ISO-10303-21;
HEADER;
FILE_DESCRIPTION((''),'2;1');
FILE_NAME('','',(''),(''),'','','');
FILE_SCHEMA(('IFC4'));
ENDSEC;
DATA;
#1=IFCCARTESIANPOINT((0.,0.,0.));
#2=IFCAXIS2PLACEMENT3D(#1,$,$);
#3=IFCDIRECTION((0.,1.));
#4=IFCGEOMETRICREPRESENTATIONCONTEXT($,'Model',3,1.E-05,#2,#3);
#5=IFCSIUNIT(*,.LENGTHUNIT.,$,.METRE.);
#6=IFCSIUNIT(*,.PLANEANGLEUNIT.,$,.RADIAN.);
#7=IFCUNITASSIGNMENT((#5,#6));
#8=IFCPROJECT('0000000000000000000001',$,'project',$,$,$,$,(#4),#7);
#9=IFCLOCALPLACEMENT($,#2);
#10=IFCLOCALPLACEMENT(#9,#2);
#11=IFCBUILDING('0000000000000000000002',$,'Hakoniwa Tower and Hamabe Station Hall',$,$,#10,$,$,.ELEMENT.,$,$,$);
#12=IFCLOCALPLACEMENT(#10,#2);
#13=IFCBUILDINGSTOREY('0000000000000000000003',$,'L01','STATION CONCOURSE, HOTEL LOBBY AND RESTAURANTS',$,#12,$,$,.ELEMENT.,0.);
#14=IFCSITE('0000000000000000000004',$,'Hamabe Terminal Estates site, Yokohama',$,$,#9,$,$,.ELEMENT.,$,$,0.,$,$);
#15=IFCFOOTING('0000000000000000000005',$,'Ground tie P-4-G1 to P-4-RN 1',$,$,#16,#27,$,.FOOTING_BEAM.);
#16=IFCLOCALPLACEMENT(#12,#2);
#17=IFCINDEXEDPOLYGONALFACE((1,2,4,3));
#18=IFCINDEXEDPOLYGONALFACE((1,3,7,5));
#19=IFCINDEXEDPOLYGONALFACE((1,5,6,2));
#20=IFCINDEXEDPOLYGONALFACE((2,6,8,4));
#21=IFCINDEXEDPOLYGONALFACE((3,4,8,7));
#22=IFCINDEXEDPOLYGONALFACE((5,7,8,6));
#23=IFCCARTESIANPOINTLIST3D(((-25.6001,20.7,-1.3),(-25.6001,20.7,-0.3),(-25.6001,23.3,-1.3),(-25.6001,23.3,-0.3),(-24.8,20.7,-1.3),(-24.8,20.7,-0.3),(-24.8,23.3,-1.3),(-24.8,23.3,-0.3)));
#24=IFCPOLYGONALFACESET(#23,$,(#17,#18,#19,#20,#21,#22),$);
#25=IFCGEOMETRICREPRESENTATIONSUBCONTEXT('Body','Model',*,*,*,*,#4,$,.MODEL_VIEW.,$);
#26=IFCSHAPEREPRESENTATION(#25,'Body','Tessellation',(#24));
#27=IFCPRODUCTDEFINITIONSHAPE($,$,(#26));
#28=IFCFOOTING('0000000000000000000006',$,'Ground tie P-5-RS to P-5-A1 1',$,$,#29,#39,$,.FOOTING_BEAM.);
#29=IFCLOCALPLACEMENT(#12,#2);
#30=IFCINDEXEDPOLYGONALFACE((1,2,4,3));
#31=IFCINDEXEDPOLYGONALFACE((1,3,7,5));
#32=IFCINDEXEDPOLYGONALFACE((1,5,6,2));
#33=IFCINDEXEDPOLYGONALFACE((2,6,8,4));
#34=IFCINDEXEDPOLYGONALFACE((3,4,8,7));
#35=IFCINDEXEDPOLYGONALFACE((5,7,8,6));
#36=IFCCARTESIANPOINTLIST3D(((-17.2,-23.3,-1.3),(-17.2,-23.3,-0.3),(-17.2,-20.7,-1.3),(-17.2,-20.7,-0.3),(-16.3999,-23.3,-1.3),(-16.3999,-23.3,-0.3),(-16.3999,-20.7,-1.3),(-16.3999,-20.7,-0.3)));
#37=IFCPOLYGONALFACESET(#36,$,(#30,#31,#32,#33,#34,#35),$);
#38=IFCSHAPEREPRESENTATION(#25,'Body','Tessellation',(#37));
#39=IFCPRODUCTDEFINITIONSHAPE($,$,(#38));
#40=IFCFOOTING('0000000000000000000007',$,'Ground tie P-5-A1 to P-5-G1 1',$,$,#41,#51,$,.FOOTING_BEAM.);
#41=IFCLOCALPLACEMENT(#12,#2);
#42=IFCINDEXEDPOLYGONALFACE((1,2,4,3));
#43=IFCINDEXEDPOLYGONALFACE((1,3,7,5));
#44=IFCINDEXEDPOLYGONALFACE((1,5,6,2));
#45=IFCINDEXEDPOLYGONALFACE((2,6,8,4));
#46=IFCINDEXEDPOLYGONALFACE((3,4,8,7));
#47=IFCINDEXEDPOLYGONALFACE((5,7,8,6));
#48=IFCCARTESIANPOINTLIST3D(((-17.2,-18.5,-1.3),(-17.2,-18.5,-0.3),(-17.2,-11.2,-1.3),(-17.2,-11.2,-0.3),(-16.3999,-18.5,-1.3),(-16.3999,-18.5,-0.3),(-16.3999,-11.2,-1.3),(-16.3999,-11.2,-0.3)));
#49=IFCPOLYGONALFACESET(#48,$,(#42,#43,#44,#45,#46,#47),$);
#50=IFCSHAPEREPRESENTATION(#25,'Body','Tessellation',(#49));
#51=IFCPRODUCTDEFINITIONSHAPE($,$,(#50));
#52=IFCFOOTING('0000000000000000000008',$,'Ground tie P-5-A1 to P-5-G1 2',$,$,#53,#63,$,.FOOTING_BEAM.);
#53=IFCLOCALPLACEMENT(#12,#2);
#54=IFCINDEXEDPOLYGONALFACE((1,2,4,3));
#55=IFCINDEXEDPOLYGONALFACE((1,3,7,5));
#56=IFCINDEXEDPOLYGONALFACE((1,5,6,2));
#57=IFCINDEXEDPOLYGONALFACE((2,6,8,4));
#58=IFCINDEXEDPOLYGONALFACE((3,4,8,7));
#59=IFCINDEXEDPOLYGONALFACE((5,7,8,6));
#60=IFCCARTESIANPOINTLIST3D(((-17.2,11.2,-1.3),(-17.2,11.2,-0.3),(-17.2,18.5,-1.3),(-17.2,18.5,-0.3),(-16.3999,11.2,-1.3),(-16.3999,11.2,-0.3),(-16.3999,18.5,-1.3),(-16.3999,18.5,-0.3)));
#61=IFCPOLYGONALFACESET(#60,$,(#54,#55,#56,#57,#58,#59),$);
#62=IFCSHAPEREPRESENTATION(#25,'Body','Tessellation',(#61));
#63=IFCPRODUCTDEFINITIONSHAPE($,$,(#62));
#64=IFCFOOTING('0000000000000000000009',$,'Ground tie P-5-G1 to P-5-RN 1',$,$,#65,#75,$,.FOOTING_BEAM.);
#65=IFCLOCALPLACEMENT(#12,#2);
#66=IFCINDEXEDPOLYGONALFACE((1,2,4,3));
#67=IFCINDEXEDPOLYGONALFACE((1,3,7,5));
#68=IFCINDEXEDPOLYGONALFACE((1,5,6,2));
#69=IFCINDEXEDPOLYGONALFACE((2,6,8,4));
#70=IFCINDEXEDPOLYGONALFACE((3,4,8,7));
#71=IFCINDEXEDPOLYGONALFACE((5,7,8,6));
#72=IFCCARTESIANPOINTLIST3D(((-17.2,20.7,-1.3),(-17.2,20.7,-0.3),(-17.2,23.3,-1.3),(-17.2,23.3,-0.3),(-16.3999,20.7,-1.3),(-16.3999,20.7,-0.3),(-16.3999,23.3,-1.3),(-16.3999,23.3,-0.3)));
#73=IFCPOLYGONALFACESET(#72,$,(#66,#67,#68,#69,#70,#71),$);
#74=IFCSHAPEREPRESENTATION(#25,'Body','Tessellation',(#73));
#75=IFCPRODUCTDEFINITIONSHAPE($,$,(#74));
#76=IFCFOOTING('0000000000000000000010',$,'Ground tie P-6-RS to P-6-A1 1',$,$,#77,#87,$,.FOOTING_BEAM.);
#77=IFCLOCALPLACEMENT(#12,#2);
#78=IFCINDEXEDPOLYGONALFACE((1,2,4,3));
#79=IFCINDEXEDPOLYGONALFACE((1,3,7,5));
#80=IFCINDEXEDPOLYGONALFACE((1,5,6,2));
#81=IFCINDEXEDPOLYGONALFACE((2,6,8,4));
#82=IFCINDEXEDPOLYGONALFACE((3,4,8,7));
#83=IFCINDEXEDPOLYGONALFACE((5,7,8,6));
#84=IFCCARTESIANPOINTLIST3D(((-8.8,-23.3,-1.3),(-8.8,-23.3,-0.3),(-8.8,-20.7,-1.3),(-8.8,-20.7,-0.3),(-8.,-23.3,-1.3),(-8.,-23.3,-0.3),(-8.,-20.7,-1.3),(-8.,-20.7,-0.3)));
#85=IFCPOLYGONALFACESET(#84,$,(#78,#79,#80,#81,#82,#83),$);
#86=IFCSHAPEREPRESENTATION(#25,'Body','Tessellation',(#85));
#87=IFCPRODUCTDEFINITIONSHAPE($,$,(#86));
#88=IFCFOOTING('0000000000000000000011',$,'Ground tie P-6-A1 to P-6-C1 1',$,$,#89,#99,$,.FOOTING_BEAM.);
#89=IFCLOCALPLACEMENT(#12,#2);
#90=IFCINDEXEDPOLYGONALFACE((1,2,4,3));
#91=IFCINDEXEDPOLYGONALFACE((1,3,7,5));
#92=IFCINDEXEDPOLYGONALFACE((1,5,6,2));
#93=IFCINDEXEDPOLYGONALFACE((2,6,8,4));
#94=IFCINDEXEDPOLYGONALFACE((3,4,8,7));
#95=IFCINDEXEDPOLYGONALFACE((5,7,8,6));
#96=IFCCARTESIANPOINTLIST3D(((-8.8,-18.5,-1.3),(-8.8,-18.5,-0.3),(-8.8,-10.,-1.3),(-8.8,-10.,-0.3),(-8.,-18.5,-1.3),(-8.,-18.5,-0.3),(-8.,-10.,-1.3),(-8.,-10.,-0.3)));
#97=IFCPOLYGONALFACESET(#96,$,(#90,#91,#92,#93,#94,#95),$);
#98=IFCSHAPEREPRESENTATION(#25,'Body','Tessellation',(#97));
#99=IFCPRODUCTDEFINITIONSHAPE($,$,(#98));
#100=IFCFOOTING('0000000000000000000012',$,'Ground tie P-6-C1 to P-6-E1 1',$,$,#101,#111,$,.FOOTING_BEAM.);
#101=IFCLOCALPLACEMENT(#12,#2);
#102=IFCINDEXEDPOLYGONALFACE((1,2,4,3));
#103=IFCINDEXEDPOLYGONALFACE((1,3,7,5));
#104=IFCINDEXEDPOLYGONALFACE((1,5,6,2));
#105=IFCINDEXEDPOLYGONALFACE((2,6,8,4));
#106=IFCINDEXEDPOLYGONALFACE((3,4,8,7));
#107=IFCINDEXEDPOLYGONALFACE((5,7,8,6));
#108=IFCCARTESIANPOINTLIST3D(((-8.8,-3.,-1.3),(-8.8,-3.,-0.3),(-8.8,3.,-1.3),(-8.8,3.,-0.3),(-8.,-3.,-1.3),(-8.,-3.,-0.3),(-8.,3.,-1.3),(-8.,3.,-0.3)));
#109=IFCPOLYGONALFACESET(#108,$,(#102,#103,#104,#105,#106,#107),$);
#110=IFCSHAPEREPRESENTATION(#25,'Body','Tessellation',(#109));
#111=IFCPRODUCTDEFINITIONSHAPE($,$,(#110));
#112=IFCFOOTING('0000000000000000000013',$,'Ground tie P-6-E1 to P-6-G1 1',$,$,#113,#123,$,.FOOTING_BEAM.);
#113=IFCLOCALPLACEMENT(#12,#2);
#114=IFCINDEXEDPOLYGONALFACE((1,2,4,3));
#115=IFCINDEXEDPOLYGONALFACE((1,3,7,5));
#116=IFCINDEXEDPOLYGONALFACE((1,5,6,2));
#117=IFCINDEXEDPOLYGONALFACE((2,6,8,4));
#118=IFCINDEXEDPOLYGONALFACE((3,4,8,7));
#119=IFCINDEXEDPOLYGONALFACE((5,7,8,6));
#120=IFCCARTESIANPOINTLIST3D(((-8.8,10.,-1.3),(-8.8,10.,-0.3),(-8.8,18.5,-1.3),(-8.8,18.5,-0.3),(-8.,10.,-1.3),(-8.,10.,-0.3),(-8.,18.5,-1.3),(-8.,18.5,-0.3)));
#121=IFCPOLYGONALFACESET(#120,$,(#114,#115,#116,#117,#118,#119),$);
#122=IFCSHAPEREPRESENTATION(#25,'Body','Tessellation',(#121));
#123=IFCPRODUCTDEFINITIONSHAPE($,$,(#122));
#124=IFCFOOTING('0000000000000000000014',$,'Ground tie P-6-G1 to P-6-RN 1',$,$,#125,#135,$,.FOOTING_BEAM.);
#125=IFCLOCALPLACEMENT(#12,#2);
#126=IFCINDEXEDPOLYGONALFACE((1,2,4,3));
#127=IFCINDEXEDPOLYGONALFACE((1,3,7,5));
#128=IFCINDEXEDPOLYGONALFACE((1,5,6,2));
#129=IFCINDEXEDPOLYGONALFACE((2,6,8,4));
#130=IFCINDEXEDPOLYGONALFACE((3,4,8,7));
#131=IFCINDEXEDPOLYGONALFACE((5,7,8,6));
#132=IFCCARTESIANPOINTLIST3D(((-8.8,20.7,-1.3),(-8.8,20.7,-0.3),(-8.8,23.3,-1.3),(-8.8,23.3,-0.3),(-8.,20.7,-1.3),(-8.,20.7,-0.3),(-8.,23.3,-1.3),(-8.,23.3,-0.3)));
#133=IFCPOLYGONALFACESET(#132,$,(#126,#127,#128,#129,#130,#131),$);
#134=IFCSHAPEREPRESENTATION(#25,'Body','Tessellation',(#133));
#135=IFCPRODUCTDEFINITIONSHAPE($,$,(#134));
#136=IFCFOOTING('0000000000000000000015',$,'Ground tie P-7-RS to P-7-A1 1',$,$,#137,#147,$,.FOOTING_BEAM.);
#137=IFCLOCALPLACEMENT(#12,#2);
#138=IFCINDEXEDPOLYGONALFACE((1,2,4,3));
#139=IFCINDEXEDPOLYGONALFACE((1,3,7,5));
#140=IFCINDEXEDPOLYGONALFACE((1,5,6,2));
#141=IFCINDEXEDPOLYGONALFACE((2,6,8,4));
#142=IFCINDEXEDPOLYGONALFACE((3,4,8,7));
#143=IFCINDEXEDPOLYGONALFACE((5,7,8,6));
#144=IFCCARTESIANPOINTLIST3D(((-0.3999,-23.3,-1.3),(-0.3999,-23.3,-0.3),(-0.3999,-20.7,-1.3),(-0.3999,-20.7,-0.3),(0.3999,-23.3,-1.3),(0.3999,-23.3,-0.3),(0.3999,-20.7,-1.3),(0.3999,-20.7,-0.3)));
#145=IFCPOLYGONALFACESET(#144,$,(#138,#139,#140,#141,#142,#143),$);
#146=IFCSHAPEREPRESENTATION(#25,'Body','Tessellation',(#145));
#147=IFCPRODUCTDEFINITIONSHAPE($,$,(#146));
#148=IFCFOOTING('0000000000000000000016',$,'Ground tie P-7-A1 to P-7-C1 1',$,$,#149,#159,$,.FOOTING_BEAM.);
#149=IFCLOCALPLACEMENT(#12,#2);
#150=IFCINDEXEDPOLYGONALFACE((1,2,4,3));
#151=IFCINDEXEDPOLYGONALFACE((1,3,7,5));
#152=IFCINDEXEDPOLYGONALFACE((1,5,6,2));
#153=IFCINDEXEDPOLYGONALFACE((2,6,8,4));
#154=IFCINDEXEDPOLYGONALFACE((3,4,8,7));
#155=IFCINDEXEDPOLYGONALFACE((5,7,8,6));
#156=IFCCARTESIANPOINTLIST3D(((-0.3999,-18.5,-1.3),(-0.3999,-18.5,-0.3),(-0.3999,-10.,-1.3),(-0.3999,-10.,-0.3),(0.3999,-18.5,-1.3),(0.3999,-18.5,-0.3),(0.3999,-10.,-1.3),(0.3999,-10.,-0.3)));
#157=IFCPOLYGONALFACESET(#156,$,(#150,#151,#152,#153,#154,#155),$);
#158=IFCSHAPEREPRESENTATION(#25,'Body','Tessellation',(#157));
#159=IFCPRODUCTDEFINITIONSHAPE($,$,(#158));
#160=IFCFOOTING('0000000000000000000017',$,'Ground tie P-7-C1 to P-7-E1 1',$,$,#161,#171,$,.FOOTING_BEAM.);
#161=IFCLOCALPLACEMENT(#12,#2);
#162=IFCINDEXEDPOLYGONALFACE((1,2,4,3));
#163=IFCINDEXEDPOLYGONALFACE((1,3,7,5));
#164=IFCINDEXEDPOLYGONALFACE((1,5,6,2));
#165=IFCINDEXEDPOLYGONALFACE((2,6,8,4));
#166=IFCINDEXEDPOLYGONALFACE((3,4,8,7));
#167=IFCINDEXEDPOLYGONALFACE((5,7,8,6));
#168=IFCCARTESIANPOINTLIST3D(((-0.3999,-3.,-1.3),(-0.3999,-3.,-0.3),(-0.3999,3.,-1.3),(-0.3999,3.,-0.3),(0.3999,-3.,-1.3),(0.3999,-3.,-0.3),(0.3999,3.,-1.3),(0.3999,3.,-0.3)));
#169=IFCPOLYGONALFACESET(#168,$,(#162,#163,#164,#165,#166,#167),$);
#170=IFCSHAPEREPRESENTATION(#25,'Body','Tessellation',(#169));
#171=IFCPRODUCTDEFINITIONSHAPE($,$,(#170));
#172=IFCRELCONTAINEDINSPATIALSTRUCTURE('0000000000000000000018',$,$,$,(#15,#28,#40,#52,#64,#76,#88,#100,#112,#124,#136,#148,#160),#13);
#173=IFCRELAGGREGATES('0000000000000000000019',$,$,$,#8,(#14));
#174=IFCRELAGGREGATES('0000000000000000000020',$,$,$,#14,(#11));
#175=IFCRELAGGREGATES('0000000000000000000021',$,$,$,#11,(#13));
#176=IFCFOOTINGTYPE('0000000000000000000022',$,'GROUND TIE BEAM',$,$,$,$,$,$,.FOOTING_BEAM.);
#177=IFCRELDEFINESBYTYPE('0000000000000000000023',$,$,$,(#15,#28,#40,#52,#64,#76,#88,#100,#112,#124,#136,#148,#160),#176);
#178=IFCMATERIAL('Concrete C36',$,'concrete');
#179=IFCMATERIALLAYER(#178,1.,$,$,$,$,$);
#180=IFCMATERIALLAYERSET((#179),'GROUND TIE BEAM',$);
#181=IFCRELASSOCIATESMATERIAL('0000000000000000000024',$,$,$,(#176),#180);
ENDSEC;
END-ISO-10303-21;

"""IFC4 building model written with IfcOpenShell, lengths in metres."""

from ifc_helpers import new_model, si_unit, direction, frame, origin, place, context, subcontext, project, spatial, polyline, outline, extrude, material, layer, layer_set, type_object, element, save


model = new_model("IFC4")

# Units and contexts
model_context = context("Model", 3, precision=1e-05, world=origin(), true_north=direction((0.0, 1.0)))
body_context = subcontext(model_context, "Body", "Model", "MODEL_VIEW")
ifc_project = project(units=[si_unit("LENGTHUNIT", "METRE"), si_unit("PLANEANGLEUNIT", "RADIAN")], contexts=[model_context])

# Site, building, storey
site_placement = place(None, origin())
site = spatial("IfcSite", under=ifc_project, at=site_placement, Name="Hamabe Terminal Estates site, Yokohama", CompositionType="ELEMENT", RefElevation=0.0)
building_placement = place(site_placement, origin())
building = spatial("IfcBuilding", under=site, at=building_placement, Name="Hakoniwa Tower and Hamabe Station Hall", CompositionType="ELEMENT")
storey_placement = place(building_placement, origin())
storey = spatial("IfcBuildingStorey", under=building, at=storey_placement, Name="L01", Description="STATION CONCOURSE, HOTEL LOBBY AND RESTAURANTS", CompositionType="ELEMENT", Elevation=0.0)

# Footings
ifc_material = material(Name="Concrete C36", Category="concrete")
ifc_layer = layer(ifc_material, 1.0)
ifc_layer_set = layer_set([ifc_layer], Name="GROUND TIE BEAM")
footing_type = type_object("IfcFootingType", Name="GROUND TIE BEAM", PredefinedType="FOOTING_BEAM", material=ifc_layer_set)
footing_1_placement = place(storey_placement, frame((0.0, 0.0, -1.3)))
element("IfcFooting", 1, at=footing_1_placement, inside=storey, type_object=footing_type, Name="Ground tie P-4-G1 to P-4-RN 1", PredefinedType="FOOTING_BEAM", context=body_context, shape_type="SweptSolid", body=[
    extrude(outline(polyline([(-25.6001, 23.3), (-25.6001, 20.7), (-24.8, 20.7), (-24.8, 23.3), (-25.6001, 23.3)])), origin(), (0.0, 0.0, 1.0), 1.0),
])
footing_2_placement = place(storey_placement, frame((0.0, 0.0, -1.3)))
element("IfcFooting", 2, at=footing_2_placement, inside=storey, type_object=footing_type, Name="Ground tie P-5-RS to P-5-A1 1", PredefinedType="FOOTING_BEAM", context=body_context, shape_type="SweptSolid", body=[
    extrude(outline(polyline([(-17.2, -20.7), (-17.2, -23.3), (-16.3999, -23.3), (-16.3999, -20.7), (-17.2, -20.7)])), origin(), (0.0, 0.0, 1.0), 1.0),
])
footing_3_placement = place(storey_placement, frame((0.0, 0.0, -1.3)))
element("IfcFooting", 3, at=footing_3_placement, inside=storey, type_object=footing_type, Name="Ground tie P-5-A1 to P-5-G1 1", PredefinedType="FOOTING_BEAM", context=body_context, shape_type="SweptSolid", body=[
    extrude(outline(polyline([(-17.2, -18.5), (-16.3999, -18.5), (-16.3999, -11.2), (-17.2, -11.2), (-17.2, -18.5)])), origin(), (0.0, 0.0, 1.0), 1.0),
])
footing_4_placement = place(storey_placement, frame((0.0, 0.0, -1.3)))
element("IfcFooting", 4, at=footing_4_placement, inside=storey, type_object=footing_type, Name="Ground tie P-5-A1 to P-5-G1 2", PredefinedType="FOOTING_BEAM", context=body_context, shape_type="SweptSolid", body=[
    extrude(outline(polyline([(-16.3999, 18.5), (-17.2, 18.5), (-17.2, 11.2), (-16.3999, 11.2), (-16.3999, 18.5)])), origin(), (0.0, 0.0, 1.0), 1.0),
])
footing_5_placement = place(storey_placement, frame((0.0, 0.0, -1.3)))
element("IfcFooting", 5, at=footing_5_placement, inside=storey, type_object=footing_type, Name="Ground tie P-5-G1 to P-5-RN 1", PredefinedType="FOOTING_BEAM", context=body_context, shape_type="SweptSolid", body=[
    extrude(outline(polyline([(-17.2, 23.3), (-17.2, 20.7), (-16.3999, 20.7), (-16.3999, 23.3), (-17.2, 23.3)])), origin(), (0.0, 0.0, 1.0), 1.0),
])
footing_6_placement = place(storey_placement, frame((0.0, 0.0, -1.3)))
element("IfcFooting", 6, at=footing_6_placement, inside=storey, type_object=footing_type, Name="Ground tie P-6-RS to P-6-A1 1", PredefinedType="FOOTING_BEAM", context=body_context, shape_type="SweptSolid", body=[
    extrude(outline(polyline([(-8.8, -20.7), (-8.8, -23.3), (-8.0, -23.3), (-8.0, -20.7), (-8.8, -20.7)])), origin(), (0.0, 0.0, 1.0), 1.0),
])
footing_7_placement = place(storey_placement, frame((0.0, 0.0, -1.3)))
element("IfcFooting", 7, at=footing_7_placement, inside=storey, type_object=footing_type, Name="Ground tie P-6-A1 to P-6-C1 1", PredefinedType="FOOTING_BEAM", context=body_context, shape_type="SweptSolid", body=[
    extrude(outline(polyline([(-8.8, -10.0), (-8.8, -18.5), (-8.0, -18.5), (-8.0, -10.0), (-8.8, -10.0)])), origin(), (0.0, 0.0, 1.0), 1.0),
])
footing_8_placement = place(storey_placement, frame((0.0, 0.0, -1.3)))
element("IfcFooting", 8, at=footing_8_placement, inside=storey, type_object=footing_type, Name="Ground tie P-6-C1 to P-6-E1 1", PredefinedType="FOOTING_BEAM", context=body_context, shape_type="SweptSolid", body=[
    extrude(outline(polyline([(-8.8, 3.0), (-8.8, -3.0), (-8.0, -3.0), (-8.0, 3.0), (-8.8, 3.0)])), origin(), (0.0, 0.0, 1.0), 1.0),
])
footing_9_placement = place(storey_placement, frame((0.0, 0.0, -1.3)))
element("IfcFooting", 9, at=footing_9_placement, inside=storey, type_object=footing_type, Name="Ground tie P-6-E1 to P-6-G1 1", PredefinedType="FOOTING_BEAM", context=body_context, shape_type="SweptSolid", body=[
    extrude(outline(polyline([(-8.8, 18.5), (-8.8, 10.0), (-8.0, 10.0), (-8.0, 18.5), (-8.8, 18.5)])), origin(), (0.0, 0.0, 1.0), 1.0),
])
footing_10_placement = place(storey_placement, frame((0.0, 0.0, -1.3)))
element("IfcFooting", 10, at=footing_10_placement, inside=storey, type_object=footing_type, Name="Ground tie P-6-G1 to P-6-RN 1", PredefinedType="FOOTING_BEAM", context=body_context, shape_type="SweptSolid", body=[
    extrude(outline(polyline([(-8.8, 23.3), (-8.8, 20.7), (-8.0, 20.7), (-8.0, 23.3), (-8.8, 23.3)])), origin(), (0.0, 0.0, 1.0), 1.0),
])
footing_11_placement = place(storey_placement, frame((0.0, 0.0, -1.3)))
element("IfcFooting", 11, at=footing_11_placement, inside=storey, type_object=footing_type, Name="Ground tie P-7-RS to P-7-A1 1", PredefinedType="FOOTING_BEAM", context=body_context, shape_type="SweptSolid", body=[
    extrude(outline(polyline([(-0.3999, -20.7), (-0.3999, -23.3), (0.3999, -23.3), (0.3999, -20.7), (-0.3999, -20.7)])), origin(), (0.0, 0.0, 1.0), 1.0),
])
footing_12_placement = place(storey_placement, frame((0.0, 0.0, -1.3)))
element("IfcFooting", 12, at=footing_12_placement, inside=storey, type_object=footing_type, Name="Ground tie P-7-A1 to P-7-C1 1", PredefinedType="FOOTING_BEAM", context=body_context, shape_type="SweptSolid", body=[
    extrude(outline(polyline([(-0.3999, -10.0), (-0.3999, -18.5), (0.3999, -18.5), (0.3999, -10.0), (-0.3999, -10.0)])), origin(), (0.0, 0.0, 1.0), 1.0),
])
footing_13_placement = place(storey_placement, frame((0.0, 0.0, -1.3)))
element("IfcFooting", 13, at=footing_13_placement, inside=storey, type_object=footing_type, Name="Ground tie P-7-C1 to P-7-E1 1", PredefinedType="FOOTING_BEAM", context=body_context, shape_type="SweptSolid", body=[
    extrude(outline(polyline([(-0.3999, 3.0), (-0.3999, -3.0), (0.3999, -3.0), (0.3999, 3.0), (-0.3999, 3.0)])), origin(), (0.0, 0.0, 1.0), 1.0),
])

save(model, "model.ifc")
